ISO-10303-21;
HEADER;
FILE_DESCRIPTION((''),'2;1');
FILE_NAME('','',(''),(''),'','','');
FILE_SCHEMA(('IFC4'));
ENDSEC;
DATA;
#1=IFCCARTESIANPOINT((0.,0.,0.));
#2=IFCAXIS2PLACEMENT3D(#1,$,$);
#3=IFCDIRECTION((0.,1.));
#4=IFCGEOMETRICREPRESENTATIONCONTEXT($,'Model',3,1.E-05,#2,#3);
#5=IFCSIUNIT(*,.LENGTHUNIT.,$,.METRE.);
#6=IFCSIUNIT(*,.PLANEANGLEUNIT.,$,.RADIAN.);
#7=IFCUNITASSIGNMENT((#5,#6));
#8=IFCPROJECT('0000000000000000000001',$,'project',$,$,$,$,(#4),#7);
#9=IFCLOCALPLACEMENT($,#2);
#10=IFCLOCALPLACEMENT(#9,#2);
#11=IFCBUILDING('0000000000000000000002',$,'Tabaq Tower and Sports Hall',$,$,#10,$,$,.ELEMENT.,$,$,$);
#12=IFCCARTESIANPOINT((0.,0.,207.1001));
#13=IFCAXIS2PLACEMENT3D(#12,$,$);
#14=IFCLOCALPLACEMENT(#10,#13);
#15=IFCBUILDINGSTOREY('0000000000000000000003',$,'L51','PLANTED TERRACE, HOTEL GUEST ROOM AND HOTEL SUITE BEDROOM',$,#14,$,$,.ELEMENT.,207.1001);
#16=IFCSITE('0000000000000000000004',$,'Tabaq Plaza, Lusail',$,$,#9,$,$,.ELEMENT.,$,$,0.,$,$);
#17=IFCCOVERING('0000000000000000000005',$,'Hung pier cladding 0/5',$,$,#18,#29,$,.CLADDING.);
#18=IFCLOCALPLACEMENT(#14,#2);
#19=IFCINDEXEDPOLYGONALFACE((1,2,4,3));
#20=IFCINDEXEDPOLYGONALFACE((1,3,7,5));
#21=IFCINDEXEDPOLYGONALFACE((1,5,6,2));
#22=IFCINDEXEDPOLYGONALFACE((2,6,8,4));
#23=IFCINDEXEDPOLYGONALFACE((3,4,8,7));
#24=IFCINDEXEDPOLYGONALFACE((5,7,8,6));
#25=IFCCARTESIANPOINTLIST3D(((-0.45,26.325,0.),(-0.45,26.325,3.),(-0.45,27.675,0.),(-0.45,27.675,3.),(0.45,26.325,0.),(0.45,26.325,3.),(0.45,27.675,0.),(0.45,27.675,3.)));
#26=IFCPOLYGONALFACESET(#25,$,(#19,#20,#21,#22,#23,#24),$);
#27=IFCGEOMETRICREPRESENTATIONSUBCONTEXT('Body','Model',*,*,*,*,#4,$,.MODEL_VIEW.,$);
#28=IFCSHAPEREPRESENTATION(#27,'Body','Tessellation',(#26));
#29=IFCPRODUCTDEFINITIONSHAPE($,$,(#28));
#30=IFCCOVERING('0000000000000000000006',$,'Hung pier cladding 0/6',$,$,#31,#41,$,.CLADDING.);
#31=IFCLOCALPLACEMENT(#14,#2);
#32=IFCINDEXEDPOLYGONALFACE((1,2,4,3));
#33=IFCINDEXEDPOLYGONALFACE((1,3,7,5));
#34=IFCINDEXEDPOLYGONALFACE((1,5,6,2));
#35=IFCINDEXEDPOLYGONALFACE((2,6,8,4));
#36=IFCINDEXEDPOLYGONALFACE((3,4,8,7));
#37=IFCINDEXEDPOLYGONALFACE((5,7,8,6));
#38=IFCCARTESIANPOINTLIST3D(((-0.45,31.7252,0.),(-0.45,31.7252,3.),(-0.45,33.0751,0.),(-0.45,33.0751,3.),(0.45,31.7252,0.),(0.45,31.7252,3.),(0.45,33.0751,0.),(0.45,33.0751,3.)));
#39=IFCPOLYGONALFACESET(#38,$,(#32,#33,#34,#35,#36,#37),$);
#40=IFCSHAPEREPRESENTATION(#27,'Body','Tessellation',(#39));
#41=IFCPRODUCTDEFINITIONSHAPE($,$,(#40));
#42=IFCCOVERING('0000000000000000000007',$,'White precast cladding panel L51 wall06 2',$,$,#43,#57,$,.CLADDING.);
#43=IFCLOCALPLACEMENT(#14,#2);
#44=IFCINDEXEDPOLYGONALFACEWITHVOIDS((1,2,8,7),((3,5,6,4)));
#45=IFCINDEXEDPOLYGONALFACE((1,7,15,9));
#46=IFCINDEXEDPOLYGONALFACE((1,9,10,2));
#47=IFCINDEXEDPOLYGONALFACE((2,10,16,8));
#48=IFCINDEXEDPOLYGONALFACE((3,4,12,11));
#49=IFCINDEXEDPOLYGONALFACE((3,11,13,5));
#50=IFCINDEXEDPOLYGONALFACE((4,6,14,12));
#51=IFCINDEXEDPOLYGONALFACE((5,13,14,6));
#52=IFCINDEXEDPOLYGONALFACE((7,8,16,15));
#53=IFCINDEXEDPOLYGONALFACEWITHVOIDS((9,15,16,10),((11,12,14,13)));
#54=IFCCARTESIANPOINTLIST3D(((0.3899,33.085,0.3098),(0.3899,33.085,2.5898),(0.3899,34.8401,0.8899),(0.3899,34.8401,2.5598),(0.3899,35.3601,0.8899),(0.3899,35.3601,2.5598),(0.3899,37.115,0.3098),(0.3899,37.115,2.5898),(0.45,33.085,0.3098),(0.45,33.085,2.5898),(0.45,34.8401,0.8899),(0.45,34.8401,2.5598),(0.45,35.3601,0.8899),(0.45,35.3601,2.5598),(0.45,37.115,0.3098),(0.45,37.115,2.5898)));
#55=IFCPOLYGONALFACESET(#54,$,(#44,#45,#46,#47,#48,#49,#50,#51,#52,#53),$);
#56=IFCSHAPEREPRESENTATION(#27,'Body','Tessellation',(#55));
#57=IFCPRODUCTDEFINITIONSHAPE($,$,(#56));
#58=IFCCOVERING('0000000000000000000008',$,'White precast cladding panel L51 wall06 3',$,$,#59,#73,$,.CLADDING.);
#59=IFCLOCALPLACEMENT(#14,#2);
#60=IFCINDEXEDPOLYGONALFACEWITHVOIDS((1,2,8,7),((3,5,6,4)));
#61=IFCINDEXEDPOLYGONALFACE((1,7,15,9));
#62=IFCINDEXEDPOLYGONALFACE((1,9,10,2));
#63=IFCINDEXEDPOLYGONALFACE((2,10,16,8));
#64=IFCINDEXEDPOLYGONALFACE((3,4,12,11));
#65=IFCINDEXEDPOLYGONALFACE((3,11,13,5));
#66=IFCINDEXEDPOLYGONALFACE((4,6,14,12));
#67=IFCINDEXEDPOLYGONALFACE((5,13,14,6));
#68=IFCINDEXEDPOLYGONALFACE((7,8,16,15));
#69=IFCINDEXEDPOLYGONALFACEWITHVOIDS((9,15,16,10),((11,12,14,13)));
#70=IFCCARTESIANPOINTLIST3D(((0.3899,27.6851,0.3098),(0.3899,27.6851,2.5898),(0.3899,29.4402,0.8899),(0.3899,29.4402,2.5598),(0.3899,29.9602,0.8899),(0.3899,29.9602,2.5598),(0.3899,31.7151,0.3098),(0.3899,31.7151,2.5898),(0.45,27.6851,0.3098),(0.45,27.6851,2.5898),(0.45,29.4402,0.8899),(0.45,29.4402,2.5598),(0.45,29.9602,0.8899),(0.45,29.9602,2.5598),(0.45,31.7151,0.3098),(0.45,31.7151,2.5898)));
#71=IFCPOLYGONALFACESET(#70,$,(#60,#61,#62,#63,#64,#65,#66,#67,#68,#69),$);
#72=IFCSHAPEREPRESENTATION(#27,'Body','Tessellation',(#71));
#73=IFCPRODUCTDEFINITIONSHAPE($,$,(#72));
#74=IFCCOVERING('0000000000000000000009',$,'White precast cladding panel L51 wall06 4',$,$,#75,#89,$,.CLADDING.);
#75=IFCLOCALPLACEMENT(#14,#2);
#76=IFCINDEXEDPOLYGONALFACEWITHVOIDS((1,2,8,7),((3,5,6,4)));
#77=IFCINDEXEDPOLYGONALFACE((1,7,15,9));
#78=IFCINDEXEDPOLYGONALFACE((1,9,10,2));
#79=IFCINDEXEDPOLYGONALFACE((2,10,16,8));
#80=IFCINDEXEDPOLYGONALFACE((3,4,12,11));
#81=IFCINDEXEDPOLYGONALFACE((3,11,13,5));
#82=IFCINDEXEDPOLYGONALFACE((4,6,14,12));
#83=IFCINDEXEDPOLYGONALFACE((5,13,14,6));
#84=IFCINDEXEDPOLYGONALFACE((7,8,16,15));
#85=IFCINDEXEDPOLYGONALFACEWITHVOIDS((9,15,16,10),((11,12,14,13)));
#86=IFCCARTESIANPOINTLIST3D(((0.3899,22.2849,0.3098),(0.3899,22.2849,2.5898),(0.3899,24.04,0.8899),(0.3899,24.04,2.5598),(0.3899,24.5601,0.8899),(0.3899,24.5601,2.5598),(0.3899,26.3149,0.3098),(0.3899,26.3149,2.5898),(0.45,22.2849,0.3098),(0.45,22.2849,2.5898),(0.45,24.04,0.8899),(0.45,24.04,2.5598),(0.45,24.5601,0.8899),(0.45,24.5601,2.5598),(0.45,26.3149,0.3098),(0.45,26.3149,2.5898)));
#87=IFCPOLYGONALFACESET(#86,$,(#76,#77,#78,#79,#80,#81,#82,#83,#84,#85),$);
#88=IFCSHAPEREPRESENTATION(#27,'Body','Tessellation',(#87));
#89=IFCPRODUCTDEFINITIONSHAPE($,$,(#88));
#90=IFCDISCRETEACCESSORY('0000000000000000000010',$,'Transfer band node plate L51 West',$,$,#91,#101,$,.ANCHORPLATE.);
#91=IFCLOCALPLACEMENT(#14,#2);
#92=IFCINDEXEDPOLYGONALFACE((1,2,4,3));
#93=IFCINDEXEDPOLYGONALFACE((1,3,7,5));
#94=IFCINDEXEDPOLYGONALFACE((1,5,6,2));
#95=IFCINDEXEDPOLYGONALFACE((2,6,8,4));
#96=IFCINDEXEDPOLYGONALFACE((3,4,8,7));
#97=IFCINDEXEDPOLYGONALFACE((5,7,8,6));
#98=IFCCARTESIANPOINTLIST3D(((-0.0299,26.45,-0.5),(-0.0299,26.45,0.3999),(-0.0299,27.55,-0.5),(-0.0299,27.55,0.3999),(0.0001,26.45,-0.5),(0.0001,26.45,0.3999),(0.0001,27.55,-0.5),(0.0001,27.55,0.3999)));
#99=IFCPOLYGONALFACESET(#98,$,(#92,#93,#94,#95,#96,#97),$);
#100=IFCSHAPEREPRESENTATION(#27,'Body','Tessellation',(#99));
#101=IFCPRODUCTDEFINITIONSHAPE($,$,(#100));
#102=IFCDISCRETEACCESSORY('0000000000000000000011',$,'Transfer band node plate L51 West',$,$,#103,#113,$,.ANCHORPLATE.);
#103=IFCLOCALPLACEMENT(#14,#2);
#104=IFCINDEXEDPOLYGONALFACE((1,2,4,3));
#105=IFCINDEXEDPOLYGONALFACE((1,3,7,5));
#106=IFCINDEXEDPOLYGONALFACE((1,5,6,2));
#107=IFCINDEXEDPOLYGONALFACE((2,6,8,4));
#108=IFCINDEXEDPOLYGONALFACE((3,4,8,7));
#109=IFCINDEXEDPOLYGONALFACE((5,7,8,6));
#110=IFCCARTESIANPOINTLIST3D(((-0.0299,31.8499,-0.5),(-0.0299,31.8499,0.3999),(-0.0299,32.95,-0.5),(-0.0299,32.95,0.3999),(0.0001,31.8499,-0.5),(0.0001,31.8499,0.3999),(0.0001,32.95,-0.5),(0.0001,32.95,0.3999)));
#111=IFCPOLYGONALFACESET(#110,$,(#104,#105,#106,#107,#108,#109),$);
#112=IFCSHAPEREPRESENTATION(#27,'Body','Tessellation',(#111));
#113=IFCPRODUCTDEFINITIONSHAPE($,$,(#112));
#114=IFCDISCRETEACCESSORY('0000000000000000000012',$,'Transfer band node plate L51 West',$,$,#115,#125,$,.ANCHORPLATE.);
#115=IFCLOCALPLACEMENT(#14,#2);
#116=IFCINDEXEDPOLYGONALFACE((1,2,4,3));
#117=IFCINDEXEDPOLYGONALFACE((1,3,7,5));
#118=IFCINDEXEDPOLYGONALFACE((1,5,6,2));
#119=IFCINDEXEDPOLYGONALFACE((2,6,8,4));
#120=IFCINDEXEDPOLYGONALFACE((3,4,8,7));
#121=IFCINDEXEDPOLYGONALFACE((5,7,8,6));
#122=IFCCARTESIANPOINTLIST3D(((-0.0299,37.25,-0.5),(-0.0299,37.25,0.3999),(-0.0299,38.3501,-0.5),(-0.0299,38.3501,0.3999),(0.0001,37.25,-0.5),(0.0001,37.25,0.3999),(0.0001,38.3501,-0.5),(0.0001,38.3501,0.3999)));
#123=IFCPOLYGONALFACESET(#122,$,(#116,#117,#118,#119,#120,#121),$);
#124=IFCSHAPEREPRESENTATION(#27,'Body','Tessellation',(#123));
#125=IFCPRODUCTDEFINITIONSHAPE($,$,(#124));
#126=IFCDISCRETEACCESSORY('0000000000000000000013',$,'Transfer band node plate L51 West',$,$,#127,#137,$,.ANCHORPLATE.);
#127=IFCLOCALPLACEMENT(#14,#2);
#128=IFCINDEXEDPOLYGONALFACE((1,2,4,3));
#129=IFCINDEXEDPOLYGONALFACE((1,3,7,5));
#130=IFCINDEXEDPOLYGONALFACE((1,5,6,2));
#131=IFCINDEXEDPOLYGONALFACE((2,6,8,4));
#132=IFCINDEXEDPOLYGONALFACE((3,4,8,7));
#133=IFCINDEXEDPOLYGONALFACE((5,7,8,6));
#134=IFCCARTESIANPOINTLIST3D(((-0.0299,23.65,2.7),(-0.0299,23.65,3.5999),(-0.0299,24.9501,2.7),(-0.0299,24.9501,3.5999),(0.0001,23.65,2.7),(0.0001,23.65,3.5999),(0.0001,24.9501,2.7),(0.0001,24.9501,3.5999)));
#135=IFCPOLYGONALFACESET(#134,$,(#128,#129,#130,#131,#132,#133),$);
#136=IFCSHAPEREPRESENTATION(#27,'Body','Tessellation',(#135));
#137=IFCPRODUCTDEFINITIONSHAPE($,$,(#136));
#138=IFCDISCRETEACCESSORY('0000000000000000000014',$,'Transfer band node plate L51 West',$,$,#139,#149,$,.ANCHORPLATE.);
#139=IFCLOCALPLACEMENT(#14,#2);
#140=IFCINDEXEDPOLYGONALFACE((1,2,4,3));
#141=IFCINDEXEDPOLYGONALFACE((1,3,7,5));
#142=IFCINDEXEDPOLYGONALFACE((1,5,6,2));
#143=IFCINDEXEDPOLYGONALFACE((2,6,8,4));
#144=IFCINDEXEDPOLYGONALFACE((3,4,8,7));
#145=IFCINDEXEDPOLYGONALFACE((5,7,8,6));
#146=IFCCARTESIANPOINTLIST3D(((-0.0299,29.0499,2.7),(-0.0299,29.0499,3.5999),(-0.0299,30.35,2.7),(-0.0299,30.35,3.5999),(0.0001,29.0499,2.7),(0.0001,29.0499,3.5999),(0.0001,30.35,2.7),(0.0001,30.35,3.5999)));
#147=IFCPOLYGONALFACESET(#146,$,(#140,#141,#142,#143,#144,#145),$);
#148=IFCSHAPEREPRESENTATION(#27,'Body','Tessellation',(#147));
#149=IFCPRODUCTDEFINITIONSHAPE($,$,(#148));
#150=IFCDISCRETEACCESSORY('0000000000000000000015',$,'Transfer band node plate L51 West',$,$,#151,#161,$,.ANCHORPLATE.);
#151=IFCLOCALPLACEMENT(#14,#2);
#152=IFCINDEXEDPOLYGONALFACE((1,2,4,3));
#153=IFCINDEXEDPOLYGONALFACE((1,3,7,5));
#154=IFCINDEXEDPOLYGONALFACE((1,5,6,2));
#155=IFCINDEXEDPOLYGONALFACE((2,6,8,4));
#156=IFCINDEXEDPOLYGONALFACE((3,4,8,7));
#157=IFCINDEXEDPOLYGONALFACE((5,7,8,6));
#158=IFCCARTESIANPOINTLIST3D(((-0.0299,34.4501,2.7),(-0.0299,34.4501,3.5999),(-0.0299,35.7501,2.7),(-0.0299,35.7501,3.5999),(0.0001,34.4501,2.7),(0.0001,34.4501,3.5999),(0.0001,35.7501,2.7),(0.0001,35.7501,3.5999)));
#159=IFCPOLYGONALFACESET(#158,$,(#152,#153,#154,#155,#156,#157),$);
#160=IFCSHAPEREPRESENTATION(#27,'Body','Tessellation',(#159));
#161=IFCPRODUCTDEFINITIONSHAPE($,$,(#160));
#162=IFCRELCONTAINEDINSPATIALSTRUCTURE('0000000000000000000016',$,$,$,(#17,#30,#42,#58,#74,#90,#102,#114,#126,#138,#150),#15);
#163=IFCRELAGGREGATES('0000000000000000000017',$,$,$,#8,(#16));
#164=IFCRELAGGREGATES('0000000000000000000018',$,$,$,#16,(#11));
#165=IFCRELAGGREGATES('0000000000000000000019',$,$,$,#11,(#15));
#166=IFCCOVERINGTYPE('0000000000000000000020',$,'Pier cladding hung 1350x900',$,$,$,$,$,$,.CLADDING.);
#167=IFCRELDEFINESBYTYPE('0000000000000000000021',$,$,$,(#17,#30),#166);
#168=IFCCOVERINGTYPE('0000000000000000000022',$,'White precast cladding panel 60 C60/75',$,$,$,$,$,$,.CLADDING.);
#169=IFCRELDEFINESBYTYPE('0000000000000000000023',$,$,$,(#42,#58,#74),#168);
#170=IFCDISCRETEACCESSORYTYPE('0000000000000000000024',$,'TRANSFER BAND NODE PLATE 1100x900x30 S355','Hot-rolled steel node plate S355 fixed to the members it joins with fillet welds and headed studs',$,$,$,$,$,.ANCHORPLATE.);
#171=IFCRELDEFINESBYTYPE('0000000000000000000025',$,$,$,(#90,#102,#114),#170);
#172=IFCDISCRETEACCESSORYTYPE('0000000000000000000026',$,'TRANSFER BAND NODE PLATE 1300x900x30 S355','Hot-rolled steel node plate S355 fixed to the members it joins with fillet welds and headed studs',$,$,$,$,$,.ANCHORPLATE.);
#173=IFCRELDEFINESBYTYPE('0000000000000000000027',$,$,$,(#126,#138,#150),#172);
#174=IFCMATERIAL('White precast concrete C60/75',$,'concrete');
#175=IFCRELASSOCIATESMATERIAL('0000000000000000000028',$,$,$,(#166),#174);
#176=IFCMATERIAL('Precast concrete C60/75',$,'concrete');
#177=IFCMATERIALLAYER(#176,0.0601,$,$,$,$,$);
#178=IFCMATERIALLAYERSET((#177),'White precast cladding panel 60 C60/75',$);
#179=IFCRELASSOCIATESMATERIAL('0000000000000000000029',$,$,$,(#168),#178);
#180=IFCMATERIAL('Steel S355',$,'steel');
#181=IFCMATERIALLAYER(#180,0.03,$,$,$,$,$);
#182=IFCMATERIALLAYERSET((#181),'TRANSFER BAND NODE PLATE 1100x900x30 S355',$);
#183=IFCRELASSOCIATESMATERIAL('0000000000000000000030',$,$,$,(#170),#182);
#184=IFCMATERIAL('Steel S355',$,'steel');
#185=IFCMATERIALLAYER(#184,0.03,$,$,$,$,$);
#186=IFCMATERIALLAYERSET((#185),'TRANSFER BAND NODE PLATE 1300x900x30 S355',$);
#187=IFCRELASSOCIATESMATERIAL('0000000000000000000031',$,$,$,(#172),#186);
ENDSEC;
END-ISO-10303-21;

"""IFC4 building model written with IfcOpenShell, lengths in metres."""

from ifc_helpers import new_model, si_unit, direction, frame, frame_2d, origin, origin_2d, place, context, subcontext, project, spatial, polyline, rectangle, outline, extrude, material, layer, layer_set, type_object, element, save


model = new_model("IFC4")

# Units and contexts
model_context = context("Model", 3, precision=1e-05, world=origin(), true_north=direction((0.0, 1.0)))
body_context = subcontext(model_context, "Body", "Model", "MODEL_VIEW")
ifc_project = project(units=[si_unit("LENGTHUNIT", "METRE"), si_unit("PLANEANGLEUNIT", "RADIAN")], contexts=[model_context])

# Site, building, storey
site_placement = place(None, origin())
site = spatial("IfcSite", under=ifc_project, at=site_placement, Name="Tabaq Plaza, Lusail", CompositionType="ELEMENT", RefElevation=0.0)
building_placement = place(site_placement, origin())
building = spatial("IfcBuilding", under=site, at=building_placement, Name="Tabaq Tower and Sports Hall", CompositionType="ELEMENT")
storey_placement = place(building_placement, frame((0.0, 0.0, 207.1001)))
storey = spatial("IfcBuildingStorey", under=building, at=storey_placement, Name="L51", Description="PLANTED TERRACE, HOTEL GUEST ROOM AND HOTEL SUITE BEDROOM", CompositionType="ELEMENT", Elevation=207.1001)

# Coverings
ifc_material_1 = material(Name="White precast concrete C60/75", Category="concrete")
covering_type_1 = type_object("IfcCoveringType", Name="Pier cladding hung 1350x900", PredefinedType="CLADDING", material=ifc_material_1)
covering_1_placement = place(storey_placement, frame((0.0, 27.675, 0.0), z_axis=(0.0, 0.0, 1.0), x_axis=(0.0, -1.0, 0.0)))
element("IfcCovering", 1, at=covering_1_placement, inside=storey, type_object=covering_type_1, Name="Hung pier cladding 0/5", PredefinedType="CLADDING", context=body_context, shape_type="SweptSolid", body=[
    extrude(rectangle(XDim=1.3501, YDim=0.8999, at=frame_2d((0.675, 0.0))), origin(), (0.0, 0.0, 1.0), 3.0),
])
covering_2_placement = place(storey_placement, frame((0.0, 33.075, 0.0), z_axis=(0.0, 0.0, 1.0), x_axis=(0.0, -1.0, 0.0)))
element("IfcCovering", 2, at=covering_2_placement, inside=storey, type_object=covering_type_1, Name="Hung pier cladding 0/6", PredefinedType="CLADDING", context=body_context, shape_type="SweptSolid", body=[
    extrude(rectangle(XDim=1.3499, YDim=0.8999, at=frame_2d((0.6748, 0.0))), origin(), (0.0, 0.0, 1.0), 3.0),
])
ifc_material_2 = material(Name="Precast concrete C60/75", Category="concrete")
ifc_layer_1 = layer(ifc_material_2, 0.0601)
ifc_layer_set_1 = layer_set([ifc_layer_1], Name="White precast cladding panel 60 C60/75")
covering_type_2 = type_object("IfcCoveringType", Name="White precast cladding panel 60 C60/75", PredefinedType="CLADDING", material=ifc_layer_set_1)
for number, where, z_axis, x_axis, name in (
    (3, (0.4199, 37.115, 0.3098), (0.0, 0.0, 1.0), (0.0, -1.0, 0.0), "White precast cladding panel L51 wall06 2"),
    (4, (0.4199, 31.7151, 0.3098), (0.0, 0.0, 1.0), (0.0, -1.0, 0.0), "White precast cladding panel L51 wall06 3"),
    (5, (0.4199, 26.3149, 0.3098), (0.0, 0.0, 1.0), (0.0, -1.0, 0.0), "White precast cladding panel L51 wall06 4"),
):
    element("IfcCovering", number, at=place(storey_placement, frame(where, z_axis=z_axis, x_axis=x_axis)), inside=storey, type_object=covering_type_2, Name=name, PredefinedType="CLADDING", context=body_context, shape_type="SweptSolid", body=[
        extrude(outline(polyline([(0.0, 0.0), (4.03, 0.0), (4.03, 2.28), (0.0, 2.28), (0.0, 0.0)]), holes=[polyline([(2.2749, 0.5801), (1.7549, 0.5801), (1.7549, 2.25), (2.2749, 2.25), (2.2749, 0.5801)])]), frame((0.0, 0.03, 0.0), z_axis=(0.0, -1.0, 0.0), x_axis=(1.0, 0.0, 0.0)), (0.0, 0.0, 1.0), 0.0601),
    ])

# Discrete accessories
ifc_material_3 = material(Name="Steel S355", Category="steel")
ifc_layer_2 = layer(ifc_material_3, 0.03)
ifc_layer_set_2 = layer_set([ifc_layer_2], Name="TRANSFER BAND NODE PLATE 1100x900x30 S355")
discrete_accessory_type_1 = type_object("IfcDiscreteAccessoryType", Name="TRANSFER BAND NODE PLATE 1100x900x30 S355", Description="Hot-rolled steel node plate S355 fixed to the members it joins with fillet welds and headed studs", PredefinedType="ANCHORPLATE", material=ifc_layer_set_2)
for number, where, z_axis, x_axis, name in (
    (6, (-0.0149, 27.0, -0.5), (0.0, 0.0, 1.0), (0.0, -1.0, 0.0), "Transfer band node plate L51 West"),
    (7, (-0.0149, 32.3999, -0.5), (0.0, 0.0, 1.0), (0.0, -1.0, 0.0), "Transfer band node plate L51 West"),
    (8, (-0.0149, 37.8, -0.5), (0.0, 0.0, 1.0), (0.0, -1.0, 0.0), "Transfer band node plate L51 West"),
):
    element("IfcDiscreteAccessory", number, at=place(storey_placement, frame(where, z_axis=z_axis, x_axis=x_axis)), inside=storey, type_object=discrete_accessory_type_1, Name=name, PredefinedType="ANCHORPLATE", context=body_context, shape_type="SweptSolid", body=[
        extrude(rectangle(XDim=1.1001, YDim=0.03, at=origin_2d()), origin(), (0.0, 0.0, 1.0), 0.8999),
    ])
ifc_material_4 = material(Name="Steel S355", Category="steel")
ifc_layer_3 = layer(ifc_material_4, 0.03)
ifc_layer_set_3 = layer_set([ifc_layer_3], Name="TRANSFER BAND NODE PLATE 1300x900x30 S355")
discrete_accessory_type_2 = type_object("IfcDiscreteAccessoryType", Name="TRANSFER BAND NODE PLATE 1300x900x30 S355", Description="Hot-rolled steel node plate S355 fixed to the members it joins with fillet welds and headed studs", PredefinedType="ANCHORPLATE", material=ifc_layer_set_3)
for number, where, z_axis, x_axis, name in (
    (9, (-0.0149, 24.3, 2.7), (0.0, 0.0, 1.0), (0.0, -1.0, 0.0), "Transfer band node plate L51 West"),
    (10, (-0.0149, 29.7, 2.7), (0.0, 0.0, 1.0), (0.0, -1.0, 0.0), "Transfer band node plate L51 West"),
    (11, (-0.0149, 35.1001, 2.7), (0.0, 0.0, 1.0), (0.0, -1.0, 0.0), "Transfer band node plate L51 West"),
):
    element("IfcDiscreteAccessory", number, at=place(storey_placement, frame(where, z_axis=z_axis, x_axis=x_axis)), inside=storey, type_object=discrete_accessory_type_2, Name=name, PredefinedType="ANCHORPLATE", context=body_context, shape_type="SweptSolid", body=[
        extrude(rectangle(XDim=1.3, YDim=0.03, at=origin_2d()), origin(), (0.0, 0.0, 1.0), 0.8999),
    ])

save(model, "model.ifc")
